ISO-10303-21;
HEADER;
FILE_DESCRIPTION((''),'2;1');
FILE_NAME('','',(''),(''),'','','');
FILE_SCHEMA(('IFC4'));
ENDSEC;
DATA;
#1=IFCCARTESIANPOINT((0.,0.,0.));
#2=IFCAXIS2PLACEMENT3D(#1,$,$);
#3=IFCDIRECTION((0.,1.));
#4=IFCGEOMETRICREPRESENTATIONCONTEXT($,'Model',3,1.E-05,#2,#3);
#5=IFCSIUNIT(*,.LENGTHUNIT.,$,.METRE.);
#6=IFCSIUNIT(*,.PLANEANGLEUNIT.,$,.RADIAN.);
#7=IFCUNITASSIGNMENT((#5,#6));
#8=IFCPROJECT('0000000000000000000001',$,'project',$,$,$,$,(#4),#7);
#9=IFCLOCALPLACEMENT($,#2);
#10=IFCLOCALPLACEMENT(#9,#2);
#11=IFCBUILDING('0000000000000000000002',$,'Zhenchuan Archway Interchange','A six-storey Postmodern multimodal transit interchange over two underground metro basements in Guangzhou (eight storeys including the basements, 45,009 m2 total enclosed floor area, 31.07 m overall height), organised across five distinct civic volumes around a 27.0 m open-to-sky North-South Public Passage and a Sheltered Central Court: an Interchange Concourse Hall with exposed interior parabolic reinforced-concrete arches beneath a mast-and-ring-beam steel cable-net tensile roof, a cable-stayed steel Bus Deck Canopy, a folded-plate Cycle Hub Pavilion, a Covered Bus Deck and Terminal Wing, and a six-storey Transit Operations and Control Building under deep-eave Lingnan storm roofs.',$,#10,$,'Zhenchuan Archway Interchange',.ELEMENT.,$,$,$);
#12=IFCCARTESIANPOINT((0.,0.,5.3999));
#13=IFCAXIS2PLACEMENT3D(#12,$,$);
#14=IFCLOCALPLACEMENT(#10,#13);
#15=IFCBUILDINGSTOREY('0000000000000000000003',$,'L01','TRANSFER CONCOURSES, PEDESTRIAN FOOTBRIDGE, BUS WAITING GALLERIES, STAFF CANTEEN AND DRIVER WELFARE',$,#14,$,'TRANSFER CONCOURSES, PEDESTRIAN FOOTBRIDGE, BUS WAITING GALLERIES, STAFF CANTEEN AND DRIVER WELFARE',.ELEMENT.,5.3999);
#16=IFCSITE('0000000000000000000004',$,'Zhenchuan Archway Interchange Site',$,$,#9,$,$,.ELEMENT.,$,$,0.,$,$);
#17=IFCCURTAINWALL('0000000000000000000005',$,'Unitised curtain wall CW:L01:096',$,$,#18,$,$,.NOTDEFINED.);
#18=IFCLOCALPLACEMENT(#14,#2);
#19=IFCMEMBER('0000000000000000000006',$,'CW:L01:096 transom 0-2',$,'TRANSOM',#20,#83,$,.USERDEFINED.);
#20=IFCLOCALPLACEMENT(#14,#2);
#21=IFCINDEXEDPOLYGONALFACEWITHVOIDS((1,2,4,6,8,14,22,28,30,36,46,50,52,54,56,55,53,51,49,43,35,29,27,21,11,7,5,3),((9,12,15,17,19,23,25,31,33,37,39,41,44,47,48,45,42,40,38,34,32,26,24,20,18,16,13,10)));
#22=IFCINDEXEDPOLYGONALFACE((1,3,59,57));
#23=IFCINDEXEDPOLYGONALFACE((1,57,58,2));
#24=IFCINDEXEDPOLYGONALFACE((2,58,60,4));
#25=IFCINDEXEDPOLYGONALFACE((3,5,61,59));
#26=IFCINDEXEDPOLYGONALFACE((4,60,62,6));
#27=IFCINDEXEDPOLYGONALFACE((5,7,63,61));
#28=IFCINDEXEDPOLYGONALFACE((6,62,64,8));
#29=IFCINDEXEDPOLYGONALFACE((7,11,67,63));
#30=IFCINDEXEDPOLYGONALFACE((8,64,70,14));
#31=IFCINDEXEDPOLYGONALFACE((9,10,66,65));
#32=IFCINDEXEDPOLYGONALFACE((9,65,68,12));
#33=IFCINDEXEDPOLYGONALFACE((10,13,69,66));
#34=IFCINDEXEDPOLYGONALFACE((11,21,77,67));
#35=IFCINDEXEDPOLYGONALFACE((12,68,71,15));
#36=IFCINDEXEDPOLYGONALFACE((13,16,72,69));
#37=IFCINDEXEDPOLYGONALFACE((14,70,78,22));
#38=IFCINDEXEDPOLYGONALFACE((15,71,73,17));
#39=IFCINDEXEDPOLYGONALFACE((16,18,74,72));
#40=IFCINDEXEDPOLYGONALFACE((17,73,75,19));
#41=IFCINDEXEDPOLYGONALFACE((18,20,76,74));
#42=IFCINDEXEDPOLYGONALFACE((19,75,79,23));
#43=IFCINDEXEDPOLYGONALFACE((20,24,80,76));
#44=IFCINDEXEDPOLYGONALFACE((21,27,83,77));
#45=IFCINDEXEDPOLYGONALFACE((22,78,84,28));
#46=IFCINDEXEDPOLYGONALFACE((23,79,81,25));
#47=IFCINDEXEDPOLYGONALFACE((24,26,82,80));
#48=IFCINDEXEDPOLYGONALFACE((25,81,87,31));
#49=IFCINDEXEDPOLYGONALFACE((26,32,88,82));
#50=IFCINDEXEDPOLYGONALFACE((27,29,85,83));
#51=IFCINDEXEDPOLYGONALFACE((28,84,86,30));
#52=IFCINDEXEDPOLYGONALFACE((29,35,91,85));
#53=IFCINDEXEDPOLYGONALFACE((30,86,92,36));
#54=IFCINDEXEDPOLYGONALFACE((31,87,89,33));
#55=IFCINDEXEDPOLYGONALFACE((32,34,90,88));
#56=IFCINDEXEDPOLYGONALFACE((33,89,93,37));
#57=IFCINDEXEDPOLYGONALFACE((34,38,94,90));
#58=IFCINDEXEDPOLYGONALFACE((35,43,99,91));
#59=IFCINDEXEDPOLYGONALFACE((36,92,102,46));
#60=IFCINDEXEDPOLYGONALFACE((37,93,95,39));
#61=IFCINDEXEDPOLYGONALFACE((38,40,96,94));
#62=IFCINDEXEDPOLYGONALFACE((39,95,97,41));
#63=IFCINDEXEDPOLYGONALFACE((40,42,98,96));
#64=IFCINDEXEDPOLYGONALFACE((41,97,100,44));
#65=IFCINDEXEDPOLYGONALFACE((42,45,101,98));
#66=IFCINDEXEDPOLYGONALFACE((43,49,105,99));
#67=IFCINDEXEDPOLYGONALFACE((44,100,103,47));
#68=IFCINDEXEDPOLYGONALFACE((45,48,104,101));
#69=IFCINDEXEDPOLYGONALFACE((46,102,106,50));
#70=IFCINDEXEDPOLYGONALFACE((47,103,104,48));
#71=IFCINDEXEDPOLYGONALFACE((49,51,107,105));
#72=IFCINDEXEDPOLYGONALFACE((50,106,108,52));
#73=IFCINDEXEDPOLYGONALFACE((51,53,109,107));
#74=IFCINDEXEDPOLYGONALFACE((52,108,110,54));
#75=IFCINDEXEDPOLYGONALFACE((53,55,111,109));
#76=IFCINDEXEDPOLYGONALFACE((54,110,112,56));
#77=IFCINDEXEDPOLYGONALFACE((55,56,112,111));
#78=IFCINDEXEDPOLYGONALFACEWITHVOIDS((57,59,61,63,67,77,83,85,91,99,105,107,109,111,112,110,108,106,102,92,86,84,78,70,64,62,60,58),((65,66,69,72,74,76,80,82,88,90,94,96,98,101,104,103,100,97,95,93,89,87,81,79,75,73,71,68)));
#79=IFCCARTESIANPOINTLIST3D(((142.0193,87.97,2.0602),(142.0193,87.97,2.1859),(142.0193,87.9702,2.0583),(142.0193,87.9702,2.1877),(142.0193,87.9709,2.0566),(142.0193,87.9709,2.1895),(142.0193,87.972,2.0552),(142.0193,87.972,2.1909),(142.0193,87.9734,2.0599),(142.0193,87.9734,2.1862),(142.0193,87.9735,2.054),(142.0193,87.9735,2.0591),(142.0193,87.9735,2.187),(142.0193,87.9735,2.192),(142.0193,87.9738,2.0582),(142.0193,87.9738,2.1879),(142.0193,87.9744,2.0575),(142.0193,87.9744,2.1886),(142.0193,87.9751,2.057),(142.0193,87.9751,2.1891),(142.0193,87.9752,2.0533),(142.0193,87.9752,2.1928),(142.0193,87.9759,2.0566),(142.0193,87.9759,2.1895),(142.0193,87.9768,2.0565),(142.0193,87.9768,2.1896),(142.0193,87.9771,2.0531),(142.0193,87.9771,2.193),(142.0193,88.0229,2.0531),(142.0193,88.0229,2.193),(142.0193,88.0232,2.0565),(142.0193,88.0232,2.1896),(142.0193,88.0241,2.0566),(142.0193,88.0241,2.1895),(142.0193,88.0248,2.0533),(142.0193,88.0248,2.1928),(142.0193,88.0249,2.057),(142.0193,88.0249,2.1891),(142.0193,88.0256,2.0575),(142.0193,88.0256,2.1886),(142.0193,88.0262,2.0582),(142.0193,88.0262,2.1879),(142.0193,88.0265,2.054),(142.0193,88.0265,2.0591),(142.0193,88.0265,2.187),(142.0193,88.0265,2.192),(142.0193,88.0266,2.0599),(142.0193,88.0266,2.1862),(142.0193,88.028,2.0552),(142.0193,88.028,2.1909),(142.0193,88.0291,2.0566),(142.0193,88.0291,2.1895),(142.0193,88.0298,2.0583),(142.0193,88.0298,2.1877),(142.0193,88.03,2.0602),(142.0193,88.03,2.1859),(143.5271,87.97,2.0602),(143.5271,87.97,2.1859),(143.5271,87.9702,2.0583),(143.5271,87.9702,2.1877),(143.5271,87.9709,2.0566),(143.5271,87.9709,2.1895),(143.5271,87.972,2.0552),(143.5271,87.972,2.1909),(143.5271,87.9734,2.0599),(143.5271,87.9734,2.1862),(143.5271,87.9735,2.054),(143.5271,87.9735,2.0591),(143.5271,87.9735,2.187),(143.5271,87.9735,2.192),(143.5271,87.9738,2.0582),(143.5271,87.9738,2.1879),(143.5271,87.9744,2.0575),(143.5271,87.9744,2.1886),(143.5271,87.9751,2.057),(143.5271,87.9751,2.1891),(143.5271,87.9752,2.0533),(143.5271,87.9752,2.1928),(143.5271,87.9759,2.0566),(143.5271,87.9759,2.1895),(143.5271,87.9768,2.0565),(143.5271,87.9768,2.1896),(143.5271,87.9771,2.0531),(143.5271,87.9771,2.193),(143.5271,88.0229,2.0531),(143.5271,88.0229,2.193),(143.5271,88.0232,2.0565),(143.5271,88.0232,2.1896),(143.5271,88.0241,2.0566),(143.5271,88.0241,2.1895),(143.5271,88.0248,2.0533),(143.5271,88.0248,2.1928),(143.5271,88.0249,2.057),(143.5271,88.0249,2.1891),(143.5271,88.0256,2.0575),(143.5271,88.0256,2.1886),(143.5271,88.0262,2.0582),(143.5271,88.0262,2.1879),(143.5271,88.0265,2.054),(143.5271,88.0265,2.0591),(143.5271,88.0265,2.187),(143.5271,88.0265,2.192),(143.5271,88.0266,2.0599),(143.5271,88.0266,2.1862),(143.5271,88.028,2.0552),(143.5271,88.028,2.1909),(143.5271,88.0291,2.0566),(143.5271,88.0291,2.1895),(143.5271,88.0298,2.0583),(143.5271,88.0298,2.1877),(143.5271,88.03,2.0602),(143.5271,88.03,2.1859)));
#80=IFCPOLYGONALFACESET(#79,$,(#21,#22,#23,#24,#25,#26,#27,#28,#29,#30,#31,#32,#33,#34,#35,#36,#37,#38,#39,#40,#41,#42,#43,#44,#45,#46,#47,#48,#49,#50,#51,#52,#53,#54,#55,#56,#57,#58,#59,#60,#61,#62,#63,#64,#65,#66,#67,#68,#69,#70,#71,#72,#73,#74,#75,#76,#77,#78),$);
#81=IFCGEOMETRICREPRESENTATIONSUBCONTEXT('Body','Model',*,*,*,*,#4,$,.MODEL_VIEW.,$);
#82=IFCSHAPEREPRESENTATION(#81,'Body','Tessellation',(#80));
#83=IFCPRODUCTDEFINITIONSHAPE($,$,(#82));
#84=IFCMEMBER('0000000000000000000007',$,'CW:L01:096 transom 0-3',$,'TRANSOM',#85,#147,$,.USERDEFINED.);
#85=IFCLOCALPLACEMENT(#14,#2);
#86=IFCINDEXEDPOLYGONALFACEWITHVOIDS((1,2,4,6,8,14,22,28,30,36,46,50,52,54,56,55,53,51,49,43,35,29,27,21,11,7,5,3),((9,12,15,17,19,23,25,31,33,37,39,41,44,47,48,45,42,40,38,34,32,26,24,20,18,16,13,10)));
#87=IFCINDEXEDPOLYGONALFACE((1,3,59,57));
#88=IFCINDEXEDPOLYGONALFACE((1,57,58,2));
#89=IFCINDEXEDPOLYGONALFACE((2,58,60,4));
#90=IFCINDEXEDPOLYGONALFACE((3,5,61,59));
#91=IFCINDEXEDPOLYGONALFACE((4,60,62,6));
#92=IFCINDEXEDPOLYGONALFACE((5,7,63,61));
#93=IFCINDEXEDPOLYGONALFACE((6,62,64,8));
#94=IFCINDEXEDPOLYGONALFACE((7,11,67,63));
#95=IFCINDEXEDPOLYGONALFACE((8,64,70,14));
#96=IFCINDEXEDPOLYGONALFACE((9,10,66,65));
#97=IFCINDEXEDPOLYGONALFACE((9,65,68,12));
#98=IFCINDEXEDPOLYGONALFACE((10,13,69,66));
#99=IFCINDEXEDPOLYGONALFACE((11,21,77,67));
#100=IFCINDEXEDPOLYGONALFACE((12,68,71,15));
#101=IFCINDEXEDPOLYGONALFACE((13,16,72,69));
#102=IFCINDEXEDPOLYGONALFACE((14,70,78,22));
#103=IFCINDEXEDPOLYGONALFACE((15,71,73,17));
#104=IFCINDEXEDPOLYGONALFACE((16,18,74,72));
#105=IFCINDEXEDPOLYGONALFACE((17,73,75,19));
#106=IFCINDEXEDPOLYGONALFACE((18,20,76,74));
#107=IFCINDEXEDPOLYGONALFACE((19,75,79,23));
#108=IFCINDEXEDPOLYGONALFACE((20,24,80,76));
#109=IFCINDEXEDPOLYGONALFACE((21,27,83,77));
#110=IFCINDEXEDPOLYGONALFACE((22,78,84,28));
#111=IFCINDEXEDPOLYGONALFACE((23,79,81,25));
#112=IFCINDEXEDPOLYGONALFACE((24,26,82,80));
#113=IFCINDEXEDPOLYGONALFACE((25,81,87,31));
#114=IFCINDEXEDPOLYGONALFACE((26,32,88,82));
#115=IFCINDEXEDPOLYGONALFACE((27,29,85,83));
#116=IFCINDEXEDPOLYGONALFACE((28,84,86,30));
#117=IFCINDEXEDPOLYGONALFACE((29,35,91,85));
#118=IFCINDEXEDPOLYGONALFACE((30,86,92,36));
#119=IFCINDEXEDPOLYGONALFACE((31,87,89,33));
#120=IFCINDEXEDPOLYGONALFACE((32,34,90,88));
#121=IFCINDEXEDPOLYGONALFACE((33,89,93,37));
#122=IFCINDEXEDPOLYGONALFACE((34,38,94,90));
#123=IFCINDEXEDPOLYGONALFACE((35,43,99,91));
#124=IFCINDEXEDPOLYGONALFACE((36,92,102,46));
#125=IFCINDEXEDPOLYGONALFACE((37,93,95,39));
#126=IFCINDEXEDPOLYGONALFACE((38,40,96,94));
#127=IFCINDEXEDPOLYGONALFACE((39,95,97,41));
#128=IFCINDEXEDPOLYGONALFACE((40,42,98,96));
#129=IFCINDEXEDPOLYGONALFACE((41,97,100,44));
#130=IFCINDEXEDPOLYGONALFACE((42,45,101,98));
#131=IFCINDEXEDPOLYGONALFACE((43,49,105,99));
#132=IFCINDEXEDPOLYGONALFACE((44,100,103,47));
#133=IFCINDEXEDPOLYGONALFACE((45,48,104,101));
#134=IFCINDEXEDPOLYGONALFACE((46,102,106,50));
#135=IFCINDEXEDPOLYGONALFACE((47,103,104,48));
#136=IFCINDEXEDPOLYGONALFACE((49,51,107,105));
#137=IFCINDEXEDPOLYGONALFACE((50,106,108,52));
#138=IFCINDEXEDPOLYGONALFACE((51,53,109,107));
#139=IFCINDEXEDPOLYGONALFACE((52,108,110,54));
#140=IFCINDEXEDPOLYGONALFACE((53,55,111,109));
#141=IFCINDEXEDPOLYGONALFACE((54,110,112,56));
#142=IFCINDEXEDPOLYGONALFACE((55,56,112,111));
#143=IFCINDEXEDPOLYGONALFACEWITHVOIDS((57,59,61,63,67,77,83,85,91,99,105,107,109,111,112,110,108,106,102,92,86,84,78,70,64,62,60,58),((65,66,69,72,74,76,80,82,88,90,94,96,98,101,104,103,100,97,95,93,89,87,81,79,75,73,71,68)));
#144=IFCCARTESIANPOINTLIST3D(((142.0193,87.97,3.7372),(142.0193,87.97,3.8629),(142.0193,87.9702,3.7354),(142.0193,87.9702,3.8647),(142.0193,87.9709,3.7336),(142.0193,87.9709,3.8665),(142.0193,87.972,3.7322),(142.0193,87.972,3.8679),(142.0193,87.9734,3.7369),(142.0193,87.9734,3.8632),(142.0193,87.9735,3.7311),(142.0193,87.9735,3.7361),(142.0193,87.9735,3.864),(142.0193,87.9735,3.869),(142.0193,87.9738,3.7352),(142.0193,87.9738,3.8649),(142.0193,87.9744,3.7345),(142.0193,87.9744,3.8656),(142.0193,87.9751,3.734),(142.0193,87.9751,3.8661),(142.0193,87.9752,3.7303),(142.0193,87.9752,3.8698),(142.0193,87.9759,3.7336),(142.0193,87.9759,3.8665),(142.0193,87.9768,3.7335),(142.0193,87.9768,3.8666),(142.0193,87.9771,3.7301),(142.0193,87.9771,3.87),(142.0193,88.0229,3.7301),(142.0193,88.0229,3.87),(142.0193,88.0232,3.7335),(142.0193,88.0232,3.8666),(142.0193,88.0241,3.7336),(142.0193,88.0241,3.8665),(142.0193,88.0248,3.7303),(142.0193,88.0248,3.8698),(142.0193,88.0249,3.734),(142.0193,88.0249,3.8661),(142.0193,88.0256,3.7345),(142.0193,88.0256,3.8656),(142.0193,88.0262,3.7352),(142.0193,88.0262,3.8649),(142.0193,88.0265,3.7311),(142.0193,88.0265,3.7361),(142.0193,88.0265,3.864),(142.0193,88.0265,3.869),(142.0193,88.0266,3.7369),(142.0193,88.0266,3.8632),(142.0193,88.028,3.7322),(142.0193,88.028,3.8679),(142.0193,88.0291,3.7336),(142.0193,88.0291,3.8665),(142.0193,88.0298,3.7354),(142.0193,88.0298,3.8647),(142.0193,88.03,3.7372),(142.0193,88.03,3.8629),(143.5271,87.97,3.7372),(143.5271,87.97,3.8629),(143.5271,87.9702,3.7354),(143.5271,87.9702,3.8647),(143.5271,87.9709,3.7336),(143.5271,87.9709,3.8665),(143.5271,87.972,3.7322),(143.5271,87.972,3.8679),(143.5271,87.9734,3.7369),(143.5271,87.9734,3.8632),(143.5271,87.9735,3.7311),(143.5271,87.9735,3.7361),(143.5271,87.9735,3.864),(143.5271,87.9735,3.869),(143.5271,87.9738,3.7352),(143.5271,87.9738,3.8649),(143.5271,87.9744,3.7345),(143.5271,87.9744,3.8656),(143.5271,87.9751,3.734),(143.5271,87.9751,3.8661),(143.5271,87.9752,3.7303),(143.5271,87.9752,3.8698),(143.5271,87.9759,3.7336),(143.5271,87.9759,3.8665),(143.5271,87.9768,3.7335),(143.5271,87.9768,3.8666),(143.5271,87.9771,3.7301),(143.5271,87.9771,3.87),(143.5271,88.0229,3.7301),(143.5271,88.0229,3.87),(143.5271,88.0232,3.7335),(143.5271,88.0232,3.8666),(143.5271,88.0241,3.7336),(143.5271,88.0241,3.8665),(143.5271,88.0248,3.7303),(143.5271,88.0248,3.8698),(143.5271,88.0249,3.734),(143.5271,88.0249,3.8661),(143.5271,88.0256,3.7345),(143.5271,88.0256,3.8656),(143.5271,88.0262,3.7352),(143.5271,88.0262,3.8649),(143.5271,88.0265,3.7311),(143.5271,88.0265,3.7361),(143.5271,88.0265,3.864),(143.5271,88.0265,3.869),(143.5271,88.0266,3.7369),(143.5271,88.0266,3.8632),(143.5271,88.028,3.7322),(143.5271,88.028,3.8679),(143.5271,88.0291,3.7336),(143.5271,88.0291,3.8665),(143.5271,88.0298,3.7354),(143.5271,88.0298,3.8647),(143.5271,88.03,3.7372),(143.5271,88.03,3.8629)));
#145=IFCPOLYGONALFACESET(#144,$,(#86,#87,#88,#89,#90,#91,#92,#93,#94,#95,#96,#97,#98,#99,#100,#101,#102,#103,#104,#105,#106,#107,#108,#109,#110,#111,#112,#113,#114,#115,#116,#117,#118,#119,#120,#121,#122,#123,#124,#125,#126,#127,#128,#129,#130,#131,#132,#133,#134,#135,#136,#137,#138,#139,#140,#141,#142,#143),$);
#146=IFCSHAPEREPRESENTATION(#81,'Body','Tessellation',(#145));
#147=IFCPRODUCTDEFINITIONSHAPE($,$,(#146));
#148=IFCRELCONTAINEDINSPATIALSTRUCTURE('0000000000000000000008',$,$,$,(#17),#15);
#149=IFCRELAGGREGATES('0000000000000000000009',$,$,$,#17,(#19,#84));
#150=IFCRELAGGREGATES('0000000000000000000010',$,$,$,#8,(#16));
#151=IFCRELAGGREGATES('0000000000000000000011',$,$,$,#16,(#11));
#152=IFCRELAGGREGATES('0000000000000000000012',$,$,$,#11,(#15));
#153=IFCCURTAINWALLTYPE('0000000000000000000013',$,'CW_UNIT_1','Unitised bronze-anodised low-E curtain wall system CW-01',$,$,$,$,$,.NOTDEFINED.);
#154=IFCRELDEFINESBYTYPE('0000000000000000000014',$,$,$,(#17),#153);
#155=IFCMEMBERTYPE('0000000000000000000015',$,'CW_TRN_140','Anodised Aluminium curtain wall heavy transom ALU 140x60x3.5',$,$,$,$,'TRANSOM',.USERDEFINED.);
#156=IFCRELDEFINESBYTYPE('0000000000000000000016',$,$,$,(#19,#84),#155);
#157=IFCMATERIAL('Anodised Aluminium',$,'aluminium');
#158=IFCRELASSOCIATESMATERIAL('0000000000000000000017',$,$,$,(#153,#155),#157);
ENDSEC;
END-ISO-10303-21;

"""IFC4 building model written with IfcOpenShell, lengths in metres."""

from ifc_helpers import new_model, si_unit, direction, frame, origin, origin_2d, place, context, subcontext, project, spatial, hollow_rectangle, extrude, material, material_profile, profile_set, type_object, element, aggregate, save


model = new_model("IFC4")

# Units and contexts
model_context = context("Model", 3, precision=1e-05, world=origin(), true_north=direction((0.0, 1.0)))
body_context = subcontext(model_context, "Body", "Model", "MODEL_VIEW")
ifc_project = project(units=[si_unit("LENGTHUNIT", "METRE"), si_unit("PLANEANGLEUNIT", "RADIAN")], contexts=[model_context])

# Site, building, storey
site_placement = place(None, origin())
site = spatial("IfcSite", under=ifc_project, at=site_placement, Name="Zhenchuan Archway Interchange Site", CompositionType="ELEMENT", RefElevation=0.0)
building_placement = place(site_placement, origin())
building = spatial("IfcBuilding", under=site, at=building_placement, Name="Zhenchuan Archway Interchange", Description="A six-storey Postmodern multimodal transit interchange over two underground metro basements in Guangzhou (eight storeys including the basements, 45,009 m2 total enclosed floor area, 31.07 m overall height), organised across five distinct civic volumes around a 27.0 m open-to-sky North-South Public Passage and a Sheltered Central Court: an Interchange Concourse Hall with exposed interior parabolic reinforced-concrete arches beneath a mast-and-ring-beam steel cable-net tensile roof, a cable-stayed steel Bus Deck Canopy, a folded-plate Cycle Hub Pavilion, a Covered Bus Deck and Terminal Wing, and a six-storey Transit Operations and Control Building under deep-eave Lingnan storm roofs.", LongName="Zhenchuan Archway Interchange", CompositionType="ELEMENT")
storey_placement = place(building_placement, frame((0.0, 0.0, 5.3999)))
storey = spatial("IfcBuildingStorey", under=building, at=storey_placement, Name="L01", Description="TRANSFER CONCOURSES, PEDESTRIAN FOOTBRIDGE, BUS WAITING GALLERIES, STAFF CANTEEN AND DRIVER WELFARE", LongName="TRANSFER CONCOURSES, PEDESTRIAN FOOTBRIDGE, BUS WAITING GALLERIES, STAFF CANTEEN AND DRIVER WELFARE", CompositionType="ELEMENT", Elevation=5.3999)

# Curtain wall, members
ifc_material_1 = material(Name="Anodised Aluminium", Category="aluminium")
curtain_wall_type = type_object("IfcCurtainWallType", Name="CW_UNIT_1", Description="Unitised bronze-anodised low-E curtain wall system CW-01", PredefinedType="NOTDEFINED", material=ifc_material_1)
curtain_wall_placement = place(storey_placement, origin())
curtain_wall = element("IfcCurtainWall", 1, at=curtain_wall_placement, inside=storey, type_object=curtain_wall_type, Name="Unitised curtain wall CW:L01:096", PredefinedType="NOTDEFINED")
ifc_material_profile_1 = material_profile(ifc_material_1, hollow_rectangle(XDim=0.0601, YDim=0.1399, WallThickness=0.0034, InnerFilletRadius=0.0034, OuterFilletRadius=0.0071, at=origin_2d()), Name="ALU 140x60x3.5")
ifc_profile_set_1 = profile_set([ifc_material_profile_1], Name="Anodised Aluminium")
member_type_1 = type_object("IfcMemberType", Name="CW_TRN_140", Description="Anodised Aluminium curtain wall heavy transom ALU 140x60x3.5", ElementType="TRANSOM", PredefinedType="USERDEFINED", material=ifc_profile_set_1)
member_1_placement = place(storey_placement, frame((143.5271, 88.0, 2.123), z_axis=(-1.0, 0.0, 0.0), x_axis=(0.0, -1.0, 0.0)))
member_1 = element("IfcMember", 2, at=member_1_placement, type_object=member_type_1, Name="CW:L01:096 transom 0-2", ObjectType="TRANSOM", PredefinedType="USERDEFINED", context=body_context, shape_type="SweptSolid", body=[
    extrude(hollow_rectangle(XDim=0.0601, YDim=0.1399, WallThickness=0.0034, InnerFilletRadius=0.0034, OuterFilletRadius=0.0071, at=origin_2d()), origin(), (0.0, 0.0, 1.0), 1.5078),
])
member_2_placement = place(storey_placement, frame((143.5271, 88.0, 3.8), z_axis=(-1.0, 0.0, 0.0), x_axis=(0.0, -1.0, 0.0)))
member_2 = element("IfcMember", 3, at=member_2_placement, type_object=member_type_1, Name="CW:L01:096 transom 0-3", ObjectType="TRANSOM", PredefinedType="USERDEFINED", context=body_context, shape_type="SweptSolid", body=[
    extrude(hollow_rectangle(XDim=0.0601, YDim=0.1399, WallThickness=0.0034, InnerFilletRadius=0.0034, OuterFilletRadius=0.0071, at=origin_2d()), origin(), (0.0, 0.0, 1.0), 1.5078),
])

aggregate(curtain_wall, [member_1, member_2])

save(model, "model.ifc")
